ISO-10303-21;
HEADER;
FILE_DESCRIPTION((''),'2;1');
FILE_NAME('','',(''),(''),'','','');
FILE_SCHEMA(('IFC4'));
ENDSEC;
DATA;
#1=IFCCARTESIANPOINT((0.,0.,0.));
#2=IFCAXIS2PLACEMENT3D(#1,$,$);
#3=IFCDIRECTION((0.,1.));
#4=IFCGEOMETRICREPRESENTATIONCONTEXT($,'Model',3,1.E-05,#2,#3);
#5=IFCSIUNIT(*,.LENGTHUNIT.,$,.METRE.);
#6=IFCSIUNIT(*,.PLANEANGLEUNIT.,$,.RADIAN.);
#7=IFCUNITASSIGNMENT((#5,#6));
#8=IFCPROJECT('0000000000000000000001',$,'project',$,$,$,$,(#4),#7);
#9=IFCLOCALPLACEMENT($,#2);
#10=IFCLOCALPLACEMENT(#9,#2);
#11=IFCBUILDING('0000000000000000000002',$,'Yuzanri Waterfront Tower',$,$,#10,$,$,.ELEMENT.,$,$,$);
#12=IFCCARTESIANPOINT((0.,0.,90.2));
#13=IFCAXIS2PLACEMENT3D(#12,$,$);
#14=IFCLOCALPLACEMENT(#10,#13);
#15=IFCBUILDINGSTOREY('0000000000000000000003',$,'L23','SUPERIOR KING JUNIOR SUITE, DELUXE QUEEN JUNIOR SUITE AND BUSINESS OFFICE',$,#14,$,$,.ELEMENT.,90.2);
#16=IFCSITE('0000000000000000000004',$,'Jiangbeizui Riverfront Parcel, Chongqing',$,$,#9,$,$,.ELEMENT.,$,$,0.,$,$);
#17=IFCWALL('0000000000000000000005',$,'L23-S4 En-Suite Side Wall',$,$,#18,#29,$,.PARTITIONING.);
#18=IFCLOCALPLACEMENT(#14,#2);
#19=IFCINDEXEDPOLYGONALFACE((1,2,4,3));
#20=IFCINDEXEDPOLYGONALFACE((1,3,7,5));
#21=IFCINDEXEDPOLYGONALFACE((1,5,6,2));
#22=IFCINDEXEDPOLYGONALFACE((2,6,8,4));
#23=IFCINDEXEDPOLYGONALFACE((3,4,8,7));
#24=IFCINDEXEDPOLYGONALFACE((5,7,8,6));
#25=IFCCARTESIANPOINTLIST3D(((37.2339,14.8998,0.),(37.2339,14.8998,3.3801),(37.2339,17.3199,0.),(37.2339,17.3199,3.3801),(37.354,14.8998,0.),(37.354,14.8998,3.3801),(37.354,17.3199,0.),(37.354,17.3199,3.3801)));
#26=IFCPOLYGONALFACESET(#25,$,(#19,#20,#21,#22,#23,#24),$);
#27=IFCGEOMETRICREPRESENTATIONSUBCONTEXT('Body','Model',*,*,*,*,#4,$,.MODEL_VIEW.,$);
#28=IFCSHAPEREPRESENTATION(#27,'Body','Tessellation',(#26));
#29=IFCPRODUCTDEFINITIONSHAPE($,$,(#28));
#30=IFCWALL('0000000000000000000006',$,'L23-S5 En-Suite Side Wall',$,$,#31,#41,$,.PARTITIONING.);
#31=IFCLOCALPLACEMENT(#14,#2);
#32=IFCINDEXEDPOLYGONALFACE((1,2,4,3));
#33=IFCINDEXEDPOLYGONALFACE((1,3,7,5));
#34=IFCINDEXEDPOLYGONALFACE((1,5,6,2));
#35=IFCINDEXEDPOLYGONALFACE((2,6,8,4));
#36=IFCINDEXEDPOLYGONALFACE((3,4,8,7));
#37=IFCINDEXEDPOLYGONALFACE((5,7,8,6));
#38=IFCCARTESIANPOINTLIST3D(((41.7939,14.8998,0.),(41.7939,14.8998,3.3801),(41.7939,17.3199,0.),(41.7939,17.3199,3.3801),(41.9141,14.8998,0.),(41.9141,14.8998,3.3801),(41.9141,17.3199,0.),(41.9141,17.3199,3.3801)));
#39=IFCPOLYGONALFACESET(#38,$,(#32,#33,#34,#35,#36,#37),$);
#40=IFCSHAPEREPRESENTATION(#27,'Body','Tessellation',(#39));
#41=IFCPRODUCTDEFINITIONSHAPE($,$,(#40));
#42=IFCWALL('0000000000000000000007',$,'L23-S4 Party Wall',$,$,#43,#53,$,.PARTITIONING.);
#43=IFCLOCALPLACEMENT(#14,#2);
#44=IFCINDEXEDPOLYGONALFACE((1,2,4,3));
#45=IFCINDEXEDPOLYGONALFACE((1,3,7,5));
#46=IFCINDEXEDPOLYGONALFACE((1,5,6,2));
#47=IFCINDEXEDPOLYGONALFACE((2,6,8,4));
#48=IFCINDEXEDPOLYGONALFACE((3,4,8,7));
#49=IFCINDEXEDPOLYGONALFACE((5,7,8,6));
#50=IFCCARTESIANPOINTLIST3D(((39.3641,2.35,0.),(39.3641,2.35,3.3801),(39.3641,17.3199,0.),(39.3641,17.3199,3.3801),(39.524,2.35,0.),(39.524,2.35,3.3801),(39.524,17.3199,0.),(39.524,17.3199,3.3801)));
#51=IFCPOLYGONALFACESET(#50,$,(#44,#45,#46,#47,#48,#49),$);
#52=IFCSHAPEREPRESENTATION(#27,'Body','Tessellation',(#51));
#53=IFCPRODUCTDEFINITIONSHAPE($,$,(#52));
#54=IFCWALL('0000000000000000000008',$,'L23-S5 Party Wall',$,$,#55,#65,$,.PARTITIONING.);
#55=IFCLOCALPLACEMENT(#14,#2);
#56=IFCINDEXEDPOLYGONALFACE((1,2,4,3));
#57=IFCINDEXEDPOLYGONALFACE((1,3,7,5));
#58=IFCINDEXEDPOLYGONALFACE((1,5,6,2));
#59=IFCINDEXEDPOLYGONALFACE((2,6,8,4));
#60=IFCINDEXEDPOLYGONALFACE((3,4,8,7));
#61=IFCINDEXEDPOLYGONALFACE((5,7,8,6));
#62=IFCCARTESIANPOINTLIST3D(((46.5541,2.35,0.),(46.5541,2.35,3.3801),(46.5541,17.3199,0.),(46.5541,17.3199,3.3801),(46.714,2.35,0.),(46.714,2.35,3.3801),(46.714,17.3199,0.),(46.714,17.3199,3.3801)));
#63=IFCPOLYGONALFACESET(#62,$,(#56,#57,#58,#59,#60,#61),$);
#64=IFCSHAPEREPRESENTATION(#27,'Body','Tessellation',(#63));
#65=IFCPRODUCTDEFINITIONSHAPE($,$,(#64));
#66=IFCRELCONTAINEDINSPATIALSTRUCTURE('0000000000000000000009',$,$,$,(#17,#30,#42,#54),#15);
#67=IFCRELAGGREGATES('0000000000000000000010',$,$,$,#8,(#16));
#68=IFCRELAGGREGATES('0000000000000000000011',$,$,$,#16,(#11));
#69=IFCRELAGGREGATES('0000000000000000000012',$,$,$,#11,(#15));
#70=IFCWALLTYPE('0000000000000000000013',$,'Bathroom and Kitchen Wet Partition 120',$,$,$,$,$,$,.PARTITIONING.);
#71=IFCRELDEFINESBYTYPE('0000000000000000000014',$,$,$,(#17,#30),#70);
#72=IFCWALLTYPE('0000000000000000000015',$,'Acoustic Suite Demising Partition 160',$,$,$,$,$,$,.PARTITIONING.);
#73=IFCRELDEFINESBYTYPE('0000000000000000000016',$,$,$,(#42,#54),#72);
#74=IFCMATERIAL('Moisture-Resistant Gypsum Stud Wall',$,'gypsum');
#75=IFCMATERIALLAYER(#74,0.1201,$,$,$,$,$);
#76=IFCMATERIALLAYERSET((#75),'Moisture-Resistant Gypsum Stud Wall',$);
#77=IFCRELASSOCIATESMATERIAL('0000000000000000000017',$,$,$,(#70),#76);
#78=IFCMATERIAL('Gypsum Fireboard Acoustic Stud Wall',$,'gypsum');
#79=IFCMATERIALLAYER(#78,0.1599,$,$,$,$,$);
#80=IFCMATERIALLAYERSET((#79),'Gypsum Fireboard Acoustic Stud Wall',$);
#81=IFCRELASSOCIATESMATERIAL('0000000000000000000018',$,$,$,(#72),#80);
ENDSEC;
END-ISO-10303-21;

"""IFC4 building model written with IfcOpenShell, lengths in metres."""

from ifc_helpers import new_model, si_unit, direction, frame, frame_2d, origin, place, context, subcontext, project, spatial, rectangle, extrude, source, transform, mapped, material, layer, layer_set, type_object, element, save


model = new_model("IFC4")

# Units and contexts
model_context = context("Model", 3, precision=1e-05, world=origin(), true_north=direction((0.0, 1.0)))
body_context = subcontext(model_context, "Body", "Model", "MODEL_VIEW")
ifc_project = project(units=[si_unit("LENGTHUNIT", "METRE"), si_unit("PLANEANGLEUNIT", "RADIAN")], contexts=[model_context])

# Site, building, storey
site_placement = place(None, origin())
site = spatial("IfcSite", under=ifc_project, at=site_placement, Name="Jiangbeizui Riverfront Parcel, Chongqing", CompositionType="ELEMENT", RefElevation=0.0)
building_placement = place(site_placement, origin())
building = spatial("IfcBuilding", under=site, at=building_placement, Name="Yuzanri Waterfront Tower", CompositionType="ELEMENT")
storey_placement = place(building_placement, frame((0.0, 0.0, 90.2)))
storey = spatial("IfcBuildingStorey", under=building, at=storey_placement, Name="L23", Description="SUPERIOR KING JUNIOR SUITE, DELUXE QUEEN JUNIOR SUITE AND BUSINESS OFFICE", CompositionType="ELEMENT", Elevation=90.2)

# Shared definitions
ifc_material_1 = material(Name="Moisture-Resistant Gypsum Stud Wall", Category="gypsum")
ifc_layer_1 = layer(ifc_material_1, 0.1201)
ifc_layer_set_1 = layer_set([ifc_layer_1], Name="Moisture-Resistant Gypsum Stud Wall")
wall_type_1 = type_object("IfcWallType", Name="Bathroom and Kitchen Wet Partition 120", PredefinedType="PARTITIONING", material=ifc_layer_set_1)

# Walls
shared_shape_1 = source(origin(), body_context, "Body", "SweptSolid", [
    extrude(rectangle(XDim=2.4202, YDim=0.1201, at=frame_2d((1.21, 0.0))), origin(), (0.0, 0.0, 1.0), 3.3801),
])
for number, where, z_axis, x_axis, name in (
    (1, (37.2939, 14.8999, 0.0), (0.0, 0.0, 1.0), (0.0, 1.0, 0.0), "L23-S4 En-Suite Side Wall"),
    (2, (41.854, 14.8999, 0.0), (0.0, 0.0, 1.0), (0.0, 1.0, 0.0), "L23-S5 En-Suite Side Wall"),
):
    element("IfcWall", number, at=place(storey_placement, frame(where, z_axis=z_axis, x_axis=x_axis)), inside=storey, type_object=wall_type_1, Name=name, PredefinedType="PARTITIONING", context=body_context, shape_type="MappedRepresentation", body=[
        mapped(shared_shape_1, transform((0.0, 0.0, 0.0), scale=1.0)),
    ])
ifc_material_2 = material(Name="Gypsum Fireboard Acoustic Stud Wall", Category="gypsum")
ifc_layer_2 = layer(ifc_material_2, 0.1599)
ifc_layer_set_2 = layer_set([ifc_layer_2], Name="Gypsum Fireboard Acoustic Stud Wall")
wall_type_2 = type_object("IfcWallType", Name="Acoustic Suite Demising Partition 160", PredefinedType="PARTITIONING", material=ifc_layer_set_2)
shared_shape_2 = source(origin(), body_context, "Body", "SweptSolid", [
    extrude(rectangle(XDim=14.97, YDim=0.1599, at=frame_2d((7.4849, 0.0))), origin(), (0.0, 0.0, 1.0), 3.3801),
])
for number, where, z_axis, x_axis, name in (
    (3, (39.4441, 2.3501, 0.0), (0.0, 0.0, 1.0), (0.0, 1.0, 0.0), "L23-S4 Party Wall"),
    (4, (46.634, 2.3501, 0.0), (0.0, 0.0, 1.0), (0.0, 1.0, 0.0), "L23-S5 Party Wall"),
):
    element("IfcWall", number, at=place(storey_placement, frame(where, z_axis=z_axis, x_axis=x_axis)), inside=storey, type_object=wall_type_2, Name=name, PredefinedType="PARTITIONING", context=body_context, shape_type="MappedRepresentation", body=[
        mapped(shared_shape_2, transform((0.0, 0.0, 0.0), scale=1.0)),
    ])

save(model, "model.ifc")
